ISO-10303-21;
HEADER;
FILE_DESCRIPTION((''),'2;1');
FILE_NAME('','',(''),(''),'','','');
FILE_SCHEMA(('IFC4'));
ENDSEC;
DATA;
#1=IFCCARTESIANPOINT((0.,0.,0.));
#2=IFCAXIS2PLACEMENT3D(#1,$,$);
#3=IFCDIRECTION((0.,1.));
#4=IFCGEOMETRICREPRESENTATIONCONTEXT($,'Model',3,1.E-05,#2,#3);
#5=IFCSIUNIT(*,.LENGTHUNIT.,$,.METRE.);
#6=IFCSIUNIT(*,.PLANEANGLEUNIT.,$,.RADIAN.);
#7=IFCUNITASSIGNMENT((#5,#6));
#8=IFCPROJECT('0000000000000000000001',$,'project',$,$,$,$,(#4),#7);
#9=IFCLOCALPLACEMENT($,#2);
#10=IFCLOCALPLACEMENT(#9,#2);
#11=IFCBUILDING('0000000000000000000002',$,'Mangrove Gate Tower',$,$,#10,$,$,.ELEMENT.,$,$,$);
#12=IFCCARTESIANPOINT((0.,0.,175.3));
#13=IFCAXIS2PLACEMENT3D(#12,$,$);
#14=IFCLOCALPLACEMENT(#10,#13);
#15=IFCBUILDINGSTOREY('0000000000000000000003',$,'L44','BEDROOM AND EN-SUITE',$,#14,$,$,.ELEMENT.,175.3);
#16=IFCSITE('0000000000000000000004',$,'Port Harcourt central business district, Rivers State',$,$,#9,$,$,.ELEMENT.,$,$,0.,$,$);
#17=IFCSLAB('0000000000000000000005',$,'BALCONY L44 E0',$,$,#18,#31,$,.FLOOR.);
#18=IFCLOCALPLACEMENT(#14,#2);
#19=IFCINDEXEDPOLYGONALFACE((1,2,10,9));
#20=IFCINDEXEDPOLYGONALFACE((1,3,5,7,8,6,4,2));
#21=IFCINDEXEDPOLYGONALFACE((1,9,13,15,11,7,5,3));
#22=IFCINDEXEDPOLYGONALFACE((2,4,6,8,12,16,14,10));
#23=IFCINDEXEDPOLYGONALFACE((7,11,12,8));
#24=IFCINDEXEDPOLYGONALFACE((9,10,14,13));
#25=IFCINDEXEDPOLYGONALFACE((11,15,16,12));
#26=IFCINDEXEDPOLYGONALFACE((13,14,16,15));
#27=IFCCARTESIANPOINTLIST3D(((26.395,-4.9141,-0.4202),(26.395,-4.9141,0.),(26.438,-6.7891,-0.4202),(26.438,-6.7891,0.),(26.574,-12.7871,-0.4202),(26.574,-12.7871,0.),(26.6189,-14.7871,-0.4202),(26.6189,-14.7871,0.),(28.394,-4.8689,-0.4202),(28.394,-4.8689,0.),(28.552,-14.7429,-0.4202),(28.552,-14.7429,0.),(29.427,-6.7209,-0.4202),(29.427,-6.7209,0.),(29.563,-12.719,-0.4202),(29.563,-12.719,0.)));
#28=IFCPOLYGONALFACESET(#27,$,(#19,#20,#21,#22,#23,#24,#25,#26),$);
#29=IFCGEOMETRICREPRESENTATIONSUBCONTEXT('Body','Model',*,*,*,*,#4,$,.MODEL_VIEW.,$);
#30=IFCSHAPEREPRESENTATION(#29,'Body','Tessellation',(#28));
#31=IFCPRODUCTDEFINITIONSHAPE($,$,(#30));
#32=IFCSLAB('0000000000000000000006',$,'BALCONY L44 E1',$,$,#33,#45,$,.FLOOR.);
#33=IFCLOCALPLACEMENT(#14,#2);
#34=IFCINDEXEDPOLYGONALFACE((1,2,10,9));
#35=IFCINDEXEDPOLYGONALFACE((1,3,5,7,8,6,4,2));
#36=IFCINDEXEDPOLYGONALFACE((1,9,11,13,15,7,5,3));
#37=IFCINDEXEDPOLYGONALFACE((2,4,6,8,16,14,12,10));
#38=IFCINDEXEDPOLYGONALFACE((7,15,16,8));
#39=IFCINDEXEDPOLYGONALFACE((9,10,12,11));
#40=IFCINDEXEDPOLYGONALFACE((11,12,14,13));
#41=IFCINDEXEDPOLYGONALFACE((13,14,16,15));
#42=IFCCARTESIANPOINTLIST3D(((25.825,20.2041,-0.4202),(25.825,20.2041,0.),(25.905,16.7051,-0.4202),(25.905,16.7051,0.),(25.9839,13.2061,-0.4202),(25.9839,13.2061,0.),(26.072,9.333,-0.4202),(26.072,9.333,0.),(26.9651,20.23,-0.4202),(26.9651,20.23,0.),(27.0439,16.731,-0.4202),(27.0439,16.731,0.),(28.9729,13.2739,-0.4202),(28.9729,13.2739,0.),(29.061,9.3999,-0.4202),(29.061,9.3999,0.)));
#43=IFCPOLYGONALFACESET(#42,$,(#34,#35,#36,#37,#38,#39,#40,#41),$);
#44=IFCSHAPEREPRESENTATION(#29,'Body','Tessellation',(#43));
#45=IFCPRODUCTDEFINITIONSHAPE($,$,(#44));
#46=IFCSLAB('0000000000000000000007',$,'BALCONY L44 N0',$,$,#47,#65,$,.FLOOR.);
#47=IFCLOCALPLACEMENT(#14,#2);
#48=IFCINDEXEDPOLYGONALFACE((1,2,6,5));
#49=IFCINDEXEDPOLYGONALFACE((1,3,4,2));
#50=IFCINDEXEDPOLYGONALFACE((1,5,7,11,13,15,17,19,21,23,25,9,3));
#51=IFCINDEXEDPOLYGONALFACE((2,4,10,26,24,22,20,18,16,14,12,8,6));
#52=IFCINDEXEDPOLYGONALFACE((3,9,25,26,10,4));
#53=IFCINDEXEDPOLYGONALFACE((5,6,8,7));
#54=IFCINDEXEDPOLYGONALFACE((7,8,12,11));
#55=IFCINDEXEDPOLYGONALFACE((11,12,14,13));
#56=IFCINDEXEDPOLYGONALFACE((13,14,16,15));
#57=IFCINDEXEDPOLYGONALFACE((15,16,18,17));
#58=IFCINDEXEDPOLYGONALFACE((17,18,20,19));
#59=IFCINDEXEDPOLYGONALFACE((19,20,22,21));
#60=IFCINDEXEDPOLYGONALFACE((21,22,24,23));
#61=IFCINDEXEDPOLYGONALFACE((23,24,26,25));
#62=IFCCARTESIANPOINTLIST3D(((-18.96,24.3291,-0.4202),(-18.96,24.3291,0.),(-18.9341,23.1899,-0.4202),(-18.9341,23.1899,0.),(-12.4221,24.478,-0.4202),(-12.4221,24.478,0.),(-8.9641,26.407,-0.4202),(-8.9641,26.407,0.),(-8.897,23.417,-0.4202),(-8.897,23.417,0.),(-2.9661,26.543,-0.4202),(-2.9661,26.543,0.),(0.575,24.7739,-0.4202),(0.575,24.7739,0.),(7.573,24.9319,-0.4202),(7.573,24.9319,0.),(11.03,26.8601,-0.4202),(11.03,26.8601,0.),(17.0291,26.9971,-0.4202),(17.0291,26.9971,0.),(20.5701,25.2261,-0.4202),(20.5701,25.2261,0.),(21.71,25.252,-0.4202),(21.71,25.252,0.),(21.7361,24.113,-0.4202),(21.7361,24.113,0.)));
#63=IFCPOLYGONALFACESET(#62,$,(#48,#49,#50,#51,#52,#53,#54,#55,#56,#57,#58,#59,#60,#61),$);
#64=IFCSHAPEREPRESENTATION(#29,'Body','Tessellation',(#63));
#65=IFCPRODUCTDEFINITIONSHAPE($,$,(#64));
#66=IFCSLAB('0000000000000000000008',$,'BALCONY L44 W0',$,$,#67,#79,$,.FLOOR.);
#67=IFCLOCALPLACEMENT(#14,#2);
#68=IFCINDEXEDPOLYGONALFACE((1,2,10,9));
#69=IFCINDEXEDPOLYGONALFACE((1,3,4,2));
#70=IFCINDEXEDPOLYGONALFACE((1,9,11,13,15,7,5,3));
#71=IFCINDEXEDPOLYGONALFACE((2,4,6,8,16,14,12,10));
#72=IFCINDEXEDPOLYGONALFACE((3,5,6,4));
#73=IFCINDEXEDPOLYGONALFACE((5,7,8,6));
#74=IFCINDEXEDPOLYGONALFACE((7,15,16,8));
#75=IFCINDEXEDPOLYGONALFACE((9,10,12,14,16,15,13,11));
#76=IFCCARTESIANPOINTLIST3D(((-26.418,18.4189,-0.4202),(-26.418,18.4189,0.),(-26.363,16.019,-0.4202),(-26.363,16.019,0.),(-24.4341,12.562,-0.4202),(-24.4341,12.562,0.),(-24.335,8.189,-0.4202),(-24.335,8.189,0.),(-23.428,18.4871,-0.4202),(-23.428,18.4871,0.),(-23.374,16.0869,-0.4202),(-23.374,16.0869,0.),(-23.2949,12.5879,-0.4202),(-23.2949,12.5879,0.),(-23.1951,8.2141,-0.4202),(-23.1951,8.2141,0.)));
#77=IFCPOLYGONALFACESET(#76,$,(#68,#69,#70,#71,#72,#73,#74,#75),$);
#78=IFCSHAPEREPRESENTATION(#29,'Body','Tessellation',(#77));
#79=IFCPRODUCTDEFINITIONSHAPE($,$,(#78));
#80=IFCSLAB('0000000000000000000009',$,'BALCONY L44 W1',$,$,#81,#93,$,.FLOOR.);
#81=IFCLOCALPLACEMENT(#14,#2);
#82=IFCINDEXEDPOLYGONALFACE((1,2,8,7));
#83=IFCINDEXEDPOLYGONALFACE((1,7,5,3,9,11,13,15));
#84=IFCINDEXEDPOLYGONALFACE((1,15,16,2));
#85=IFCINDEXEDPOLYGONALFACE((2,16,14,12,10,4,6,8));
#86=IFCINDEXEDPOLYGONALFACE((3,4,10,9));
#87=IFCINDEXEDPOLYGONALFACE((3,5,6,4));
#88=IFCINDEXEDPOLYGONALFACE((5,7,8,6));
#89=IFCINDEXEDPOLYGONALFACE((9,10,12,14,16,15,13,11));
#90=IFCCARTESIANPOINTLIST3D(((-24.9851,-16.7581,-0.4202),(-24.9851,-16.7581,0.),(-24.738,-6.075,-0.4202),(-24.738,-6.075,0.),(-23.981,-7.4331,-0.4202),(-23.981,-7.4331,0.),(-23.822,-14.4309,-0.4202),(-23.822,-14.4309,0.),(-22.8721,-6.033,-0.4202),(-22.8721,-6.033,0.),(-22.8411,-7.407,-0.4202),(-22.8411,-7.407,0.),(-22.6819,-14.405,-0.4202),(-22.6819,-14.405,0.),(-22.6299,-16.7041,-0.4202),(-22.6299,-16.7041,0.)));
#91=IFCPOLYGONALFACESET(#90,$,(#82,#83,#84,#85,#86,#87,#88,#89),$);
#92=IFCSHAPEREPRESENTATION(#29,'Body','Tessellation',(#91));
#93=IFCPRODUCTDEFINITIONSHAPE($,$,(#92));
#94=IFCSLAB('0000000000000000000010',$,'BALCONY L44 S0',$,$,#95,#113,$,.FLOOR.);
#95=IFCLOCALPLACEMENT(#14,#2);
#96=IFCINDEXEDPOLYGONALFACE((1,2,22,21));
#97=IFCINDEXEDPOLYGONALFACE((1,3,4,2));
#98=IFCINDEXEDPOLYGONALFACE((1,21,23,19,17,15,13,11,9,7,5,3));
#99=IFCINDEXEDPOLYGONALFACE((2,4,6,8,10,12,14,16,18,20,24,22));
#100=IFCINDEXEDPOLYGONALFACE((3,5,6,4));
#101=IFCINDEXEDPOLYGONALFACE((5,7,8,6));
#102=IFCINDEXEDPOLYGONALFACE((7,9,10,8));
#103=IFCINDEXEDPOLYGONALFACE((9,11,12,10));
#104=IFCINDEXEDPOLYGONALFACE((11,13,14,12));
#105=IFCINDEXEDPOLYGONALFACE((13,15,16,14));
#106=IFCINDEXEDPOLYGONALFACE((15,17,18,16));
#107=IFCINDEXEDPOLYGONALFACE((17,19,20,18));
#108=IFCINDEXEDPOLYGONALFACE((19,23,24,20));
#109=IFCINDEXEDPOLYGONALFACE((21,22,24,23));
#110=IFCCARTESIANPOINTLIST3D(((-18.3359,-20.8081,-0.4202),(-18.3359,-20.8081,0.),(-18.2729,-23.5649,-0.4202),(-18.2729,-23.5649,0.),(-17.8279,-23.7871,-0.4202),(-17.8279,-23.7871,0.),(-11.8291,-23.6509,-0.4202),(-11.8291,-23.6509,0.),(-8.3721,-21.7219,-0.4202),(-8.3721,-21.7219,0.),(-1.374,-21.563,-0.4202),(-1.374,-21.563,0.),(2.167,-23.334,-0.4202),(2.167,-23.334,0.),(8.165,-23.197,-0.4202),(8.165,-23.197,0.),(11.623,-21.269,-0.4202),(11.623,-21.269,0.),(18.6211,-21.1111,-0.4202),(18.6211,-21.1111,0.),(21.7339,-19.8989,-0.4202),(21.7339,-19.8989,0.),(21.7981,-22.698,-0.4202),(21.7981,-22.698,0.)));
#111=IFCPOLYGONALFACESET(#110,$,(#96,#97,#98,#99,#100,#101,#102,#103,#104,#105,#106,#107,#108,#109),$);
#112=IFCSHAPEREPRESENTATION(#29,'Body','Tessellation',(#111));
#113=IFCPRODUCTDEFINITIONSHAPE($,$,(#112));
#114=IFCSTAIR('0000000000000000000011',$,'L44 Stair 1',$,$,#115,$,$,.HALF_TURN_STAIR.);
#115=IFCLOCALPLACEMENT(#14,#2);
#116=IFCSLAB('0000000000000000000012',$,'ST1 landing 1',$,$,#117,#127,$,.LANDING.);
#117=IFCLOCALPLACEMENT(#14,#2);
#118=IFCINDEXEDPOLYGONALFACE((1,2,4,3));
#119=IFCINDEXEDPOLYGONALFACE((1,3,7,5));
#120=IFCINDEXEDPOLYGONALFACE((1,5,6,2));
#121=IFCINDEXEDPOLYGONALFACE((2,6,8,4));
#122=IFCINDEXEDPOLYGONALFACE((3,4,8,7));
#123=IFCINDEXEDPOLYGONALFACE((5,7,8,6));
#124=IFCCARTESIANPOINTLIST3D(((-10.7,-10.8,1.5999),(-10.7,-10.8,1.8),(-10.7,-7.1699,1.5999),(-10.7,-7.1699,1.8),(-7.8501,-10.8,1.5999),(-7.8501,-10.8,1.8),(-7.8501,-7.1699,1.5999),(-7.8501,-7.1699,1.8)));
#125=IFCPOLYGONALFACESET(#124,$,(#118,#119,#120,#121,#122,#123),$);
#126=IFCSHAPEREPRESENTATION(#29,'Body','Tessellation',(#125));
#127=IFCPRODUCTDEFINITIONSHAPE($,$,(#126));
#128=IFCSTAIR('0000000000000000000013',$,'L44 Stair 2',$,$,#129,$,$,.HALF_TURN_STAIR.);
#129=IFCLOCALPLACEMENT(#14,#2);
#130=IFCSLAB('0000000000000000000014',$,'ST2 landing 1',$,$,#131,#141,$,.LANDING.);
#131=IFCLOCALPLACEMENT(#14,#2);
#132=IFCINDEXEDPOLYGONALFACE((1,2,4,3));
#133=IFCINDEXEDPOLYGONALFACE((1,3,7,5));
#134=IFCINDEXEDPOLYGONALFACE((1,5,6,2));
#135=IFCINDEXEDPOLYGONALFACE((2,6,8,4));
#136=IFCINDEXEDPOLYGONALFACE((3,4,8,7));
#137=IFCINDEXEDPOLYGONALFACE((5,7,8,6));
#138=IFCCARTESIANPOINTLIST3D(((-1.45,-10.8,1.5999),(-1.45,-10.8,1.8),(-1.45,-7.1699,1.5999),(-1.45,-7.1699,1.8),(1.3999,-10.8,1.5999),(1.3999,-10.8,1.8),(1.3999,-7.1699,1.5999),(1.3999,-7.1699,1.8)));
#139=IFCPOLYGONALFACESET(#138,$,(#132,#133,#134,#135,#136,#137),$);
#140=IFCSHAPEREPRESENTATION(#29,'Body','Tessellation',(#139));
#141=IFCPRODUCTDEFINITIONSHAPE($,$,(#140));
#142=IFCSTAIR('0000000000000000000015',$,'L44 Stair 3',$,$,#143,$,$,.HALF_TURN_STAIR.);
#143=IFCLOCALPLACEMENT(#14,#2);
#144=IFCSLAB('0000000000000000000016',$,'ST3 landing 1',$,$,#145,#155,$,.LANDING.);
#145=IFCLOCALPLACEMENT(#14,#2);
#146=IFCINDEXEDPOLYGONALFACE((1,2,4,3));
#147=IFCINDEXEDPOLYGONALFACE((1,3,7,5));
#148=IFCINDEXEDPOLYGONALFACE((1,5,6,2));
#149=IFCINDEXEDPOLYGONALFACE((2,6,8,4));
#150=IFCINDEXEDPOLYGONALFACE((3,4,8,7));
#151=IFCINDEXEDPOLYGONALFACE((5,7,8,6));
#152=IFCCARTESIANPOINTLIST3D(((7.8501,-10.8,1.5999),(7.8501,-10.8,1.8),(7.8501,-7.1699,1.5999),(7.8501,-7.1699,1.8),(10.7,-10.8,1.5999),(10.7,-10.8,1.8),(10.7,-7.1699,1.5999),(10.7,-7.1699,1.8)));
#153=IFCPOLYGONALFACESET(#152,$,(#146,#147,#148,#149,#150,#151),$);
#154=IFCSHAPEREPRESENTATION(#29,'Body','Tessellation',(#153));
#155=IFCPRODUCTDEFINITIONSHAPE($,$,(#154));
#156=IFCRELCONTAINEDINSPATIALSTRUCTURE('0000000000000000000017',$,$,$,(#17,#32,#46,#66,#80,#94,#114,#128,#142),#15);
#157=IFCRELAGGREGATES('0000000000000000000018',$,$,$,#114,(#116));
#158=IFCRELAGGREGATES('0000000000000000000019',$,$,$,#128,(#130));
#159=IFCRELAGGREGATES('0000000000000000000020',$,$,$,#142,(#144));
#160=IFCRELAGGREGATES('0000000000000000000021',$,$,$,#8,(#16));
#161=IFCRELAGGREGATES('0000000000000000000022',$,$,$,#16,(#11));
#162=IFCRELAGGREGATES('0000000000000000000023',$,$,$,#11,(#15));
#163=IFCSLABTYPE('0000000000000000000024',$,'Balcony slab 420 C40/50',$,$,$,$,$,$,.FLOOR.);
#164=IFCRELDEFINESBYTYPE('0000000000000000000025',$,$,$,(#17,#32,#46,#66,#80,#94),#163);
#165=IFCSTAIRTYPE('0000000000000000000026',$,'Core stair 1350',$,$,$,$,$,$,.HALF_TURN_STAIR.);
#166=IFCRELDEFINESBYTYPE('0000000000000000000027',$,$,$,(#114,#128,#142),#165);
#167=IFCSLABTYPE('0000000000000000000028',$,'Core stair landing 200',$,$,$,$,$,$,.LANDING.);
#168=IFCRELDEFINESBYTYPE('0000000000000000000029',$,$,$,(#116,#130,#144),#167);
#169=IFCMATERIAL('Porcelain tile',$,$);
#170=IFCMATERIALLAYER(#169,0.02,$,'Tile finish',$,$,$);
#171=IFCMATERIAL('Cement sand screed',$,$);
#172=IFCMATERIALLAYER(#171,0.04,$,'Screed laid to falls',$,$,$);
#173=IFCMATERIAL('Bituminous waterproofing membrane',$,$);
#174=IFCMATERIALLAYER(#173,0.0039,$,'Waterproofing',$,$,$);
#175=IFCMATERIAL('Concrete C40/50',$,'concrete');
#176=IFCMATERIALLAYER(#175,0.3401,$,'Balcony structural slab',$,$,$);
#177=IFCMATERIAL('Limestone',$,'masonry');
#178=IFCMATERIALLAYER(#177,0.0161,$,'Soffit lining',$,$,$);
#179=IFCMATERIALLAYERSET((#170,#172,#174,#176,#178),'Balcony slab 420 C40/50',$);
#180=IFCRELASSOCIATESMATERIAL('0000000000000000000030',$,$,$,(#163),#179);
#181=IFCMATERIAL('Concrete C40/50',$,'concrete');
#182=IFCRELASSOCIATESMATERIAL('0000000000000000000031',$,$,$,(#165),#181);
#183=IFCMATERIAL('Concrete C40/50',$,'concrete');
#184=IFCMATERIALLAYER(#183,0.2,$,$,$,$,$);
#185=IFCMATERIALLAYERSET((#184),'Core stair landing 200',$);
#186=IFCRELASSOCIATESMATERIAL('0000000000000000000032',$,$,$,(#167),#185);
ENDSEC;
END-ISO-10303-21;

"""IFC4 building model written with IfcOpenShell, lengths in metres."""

from ifc_helpers import new_model, si_unit, direction, frame, origin, place, context, subcontext, project, spatial, polyline, outline, extrude, material, layer, layer_set, type_object, element, aggregate, save


model = new_model("IFC4")

# Units and contexts
model_context = context("Model", 3, precision=1e-05, world=origin(), true_north=direction((0.0, 1.0)))
body_context = subcontext(model_context, "Body", "Model", "MODEL_VIEW")
ifc_project = project(units=[si_unit("LENGTHUNIT", "METRE"), si_unit("PLANEANGLEUNIT", "RADIAN")], contexts=[model_context])

# Site, building, storey
site_placement = place(None, origin())
site = spatial("IfcSite", under=ifc_project, at=site_placement, Name="Port Harcourt central business district, Rivers State", CompositionType="ELEMENT", RefElevation=0.0)
building_placement = place(site_placement, origin())
building = spatial("IfcBuilding", under=site, at=building_placement, Name="Mangrove Gate Tower", CompositionType="ELEMENT")
storey_placement = place(building_placement, frame((0.0, 0.0, 175.3)))
storey = spatial("IfcBuildingStorey", under=building, at=storey_placement, Name="L44", Description="BEDROOM AND EN-SUITE", CompositionType="ELEMENT", Elevation=175.3)

# Slabs
ifc_material_1 = material(Name="Porcelain tile")
ifc_layer_1 = layer(ifc_material_1, 0.02, Name="Tile finish")
ifc_material_2 = material(Name="Cement sand screed")
ifc_layer_2 = layer(ifc_material_2, 0.04, Name="Screed laid to falls")
ifc_material_3 = material(Name="Bituminous waterproofing membrane")
ifc_layer_3 = layer(ifc_material_3, 0.0039, Name="Waterproofing")
ifc_material_4 = material(Name="Concrete C40/50", Category="concrete")
ifc_layer_4 = layer(ifc_material_4, 0.3401, Name="Balcony structural slab")
ifc_material_5 = material(Name="Limestone", Category="masonry")
ifc_layer_5 = layer(ifc_material_5, 0.0161, Name="Soffit lining")
ifc_layer_set_1 = layer_set([ifc_layer_1, ifc_layer_2, ifc_layer_3, ifc_layer_4, ifc_layer_5], Name="Balcony slab 420 C40/50")
slab_type_1 = type_object("IfcSlabType", Name="Balcony slab 420 C40/50", PredefinedType="FLOOR", material=ifc_layer_set_1)
slab_1_placement = place(storey_placement, frame((0.0, 0.0, -0.4202)))
element("IfcSlab", 1, at=slab_1_placement, inside=storey, type_object=slab_type_1, Name="BALCONY L44 E0", PredefinedType="FLOOR", context=body_context, shape_type="SweptSolid", body=[
    extrude(outline(polyline([(28.552, -14.7429), (29.563, -12.719), (29.427, -6.7209), (28.394, -4.8689), (26.395, -4.9141), (26.438, -6.7891), (26.574, -12.7871), (26.6189, -14.7871), (28.552, -14.7429)])), origin(), (0.0, 0.0, 1.0), 0.4202),
])
slab_2_placement = place(storey_placement, frame((0.0, 0.0, -0.4202)))
element("IfcSlab", 2, at=slab_2_placement, inside=storey, type_object=slab_type_1, Name="BALCONY L44 E1", PredefinedType="FLOOR", context=body_context, shape_type="SweptSolid", body=[
    extrude(outline(polyline([(29.061, 9.3999), (28.9729, 13.2739), (27.0439, 16.731), (26.9651, 20.23), (25.825, 20.2041), (25.905, 16.7051), (25.9839, 13.2061), (26.072, 9.333), (29.061, 9.3999)])), origin(), (0.0, 0.0, 1.0), 0.4202),
])
slab_3_placement = place(storey_placement, frame((0.0, 0.0, -0.4202)))
element("IfcSlab", 3, at=slab_3_placement, inside=storey, type_object=slab_type_1, Name="BALCONY L44 N0", PredefinedType="FLOOR", context=body_context, shape_type="SweptSolid", body=[
    extrude(outline(polyline([(21.71, 25.252), (20.5701, 25.2261), (17.0291, 26.9971), (11.03, 26.8601), (7.573, 24.9319), (0.575, 24.7739), (-2.9661, 26.543), (-8.9641, 26.407), (-12.4221, 24.478), (-18.96, 24.3291), (-18.9341, 23.1899), (-8.897, 23.417), (21.7361, 24.113), (21.71, 25.252)])), origin(), (0.0, 0.0, 1.0), 0.4202),
])
slab_4_placement = place(storey_placement, frame((0.0, 0.0, -0.4202)))
element("IfcSlab", 4, at=slab_4_placement, inside=storey, type_object=slab_type_1, Name="BALCONY L44 W0", PredefinedType="FLOOR", context=body_context, shape_type="SweptSolid", body=[
    extrude(outline(polyline([(-26.418, 18.4189), (-26.363, 16.019), (-24.4341, 12.562), (-24.335, 8.189), (-23.1951, 8.2141), (-23.2949, 12.5879), (-23.374, 16.0869), (-23.428, 18.4871), (-26.418, 18.4189)])), origin(), (0.0, 0.0, 1.0), 0.4202),
])
slab_5_placement = place(storey_placement, frame((0.0, 0.0, -0.4202)))
element("IfcSlab", 5, at=slab_5_placement, inside=storey, type_object=slab_type_1, Name="BALCONY L44 W1", PredefinedType="FLOOR", context=body_context, shape_type="SweptSolid", body=[
    extrude(outline(polyline([(-24.738, -6.075), (-23.981, -7.4331), (-23.822, -14.4309), (-24.9851, -16.7581), (-22.6299, -16.7041), (-22.6819, -14.405), (-22.8411, -7.407), (-22.8721, -6.033), (-24.738, -6.075)])), origin(), (0.0, 0.0, 1.0), 0.4202),
])
slab_6_placement = place(storey_placement, frame((0.0, 0.0, -0.4202)))
element("IfcSlab", 6, at=slab_6_placement, inside=storey, type_object=slab_type_1, Name="BALCONY L44 S0", PredefinedType="FLOOR", context=body_context, shape_type="SweptSolid", body=[
    extrude(outline(polyline([(-18.2729, -23.5649), (-17.8279, -23.7871), (-11.8291, -23.6509), (-8.3721, -21.7219), (-1.374, -21.563), (2.167, -23.334), (8.165, -23.197), (11.623, -21.269), (18.6211, -21.1111), (21.7981, -22.698), (21.7339, -19.8989), (-18.3359, -20.8081), (-18.2729, -23.5649)])), origin(), (0.0, 0.0, 1.0), 0.4202),
])

# Stairs, slabs
ifc_material_6 = material(Name="Concrete C40/50", Category="concrete")
stair_type = type_object("IfcStairType", Name="Core stair 1350", PredefinedType="HALF_TURN_STAIR", material=ifc_material_6)
stair_1_placement = place(storey_placement, origin())
stair_1 = element("IfcStair", 7, at=stair_1_placement, inside=storey, type_object=stair_type, Name="L44 Stair 1", PredefinedType="HALF_TURN_STAIR")
ifc_material_7 = material(Name="Concrete C40/50", Category="concrete")
ifc_layer_6 = layer(ifc_material_7, 0.2)
ifc_layer_set_2 = layer_set([ifc_layer_6], Name="Core stair landing 200")
slab_type_2 = type_object("IfcSlabType", Name="Core stair landing 200", PredefinedType="LANDING", material=ifc_layer_set_2)
slab_7_placement = place(storey_placement, frame((0.0, 0.0, 1.5999)))
slab_7 = element("IfcSlab", 8, at=slab_7_placement, type_object=slab_type_2, Name="ST1 landing 1", PredefinedType="LANDING", context=body_context, shape_type="SweptSolid", body=[
    extrude(outline(polyline([(-10.7, -7.1699), (-10.7, -10.8), (-7.8501, -10.8), (-7.8501, -7.1699), (-10.7, -7.1699)])), origin(), (0.0, 0.0, 1.0), 0.2002),
])
aggregate(stair_1, [slab_7])
stair_2_placement = place(storey_placement, origin())
stair_2 = element("IfcStair", 9, at=stair_2_placement, inside=storey, type_object=stair_type, Name="L44 Stair 2", PredefinedType="HALF_TURN_STAIR")
slab_8_placement = place(storey_placement, frame((0.0, 0.0, 1.5999)))
slab_8 = element("IfcSlab", 10, at=slab_8_placement, type_object=slab_type_2, Name="ST2 landing 1", PredefinedType="LANDING", context=body_context, shape_type="SweptSolid", body=[
    extrude(outline(polyline([(-1.45, -7.1699), (-1.45, -10.8), (1.3999, -10.8), (1.3999, -7.1699), (-1.45, -7.1699)])), origin(), (0.0, 0.0, 1.0), 0.2002),
])
aggregate(stair_2, [slab_8])
stair_3_placement = place(storey_placement, origin())
stair_3 = element("IfcStair", 11, at=stair_3_placement, inside=storey, type_object=stair_type, Name="L44 Stair 3", PredefinedType="HALF_TURN_STAIR")
slab_9_placement = place(storey_placement, frame((0.0, 0.0, 1.5999)))
slab_9 = element("IfcSlab", 12, at=slab_9_placement, type_object=slab_type_2, Name="ST3 landing 1", PredefinedType="LANDING", context=body_context, shape_type="SweptSolid", body=[
    extrude(outline(polyline([(7.8501, -7.1699), (7.8501, -10.8), (10.7, -10.8), (10.7, -7.1699), (7.8501, -7.1699)])), origin(), (0.0, 0.0, 1.0), 0.2002),
])
aggregate(stair_3, [slab_9])

save(model, "model.ifc")
